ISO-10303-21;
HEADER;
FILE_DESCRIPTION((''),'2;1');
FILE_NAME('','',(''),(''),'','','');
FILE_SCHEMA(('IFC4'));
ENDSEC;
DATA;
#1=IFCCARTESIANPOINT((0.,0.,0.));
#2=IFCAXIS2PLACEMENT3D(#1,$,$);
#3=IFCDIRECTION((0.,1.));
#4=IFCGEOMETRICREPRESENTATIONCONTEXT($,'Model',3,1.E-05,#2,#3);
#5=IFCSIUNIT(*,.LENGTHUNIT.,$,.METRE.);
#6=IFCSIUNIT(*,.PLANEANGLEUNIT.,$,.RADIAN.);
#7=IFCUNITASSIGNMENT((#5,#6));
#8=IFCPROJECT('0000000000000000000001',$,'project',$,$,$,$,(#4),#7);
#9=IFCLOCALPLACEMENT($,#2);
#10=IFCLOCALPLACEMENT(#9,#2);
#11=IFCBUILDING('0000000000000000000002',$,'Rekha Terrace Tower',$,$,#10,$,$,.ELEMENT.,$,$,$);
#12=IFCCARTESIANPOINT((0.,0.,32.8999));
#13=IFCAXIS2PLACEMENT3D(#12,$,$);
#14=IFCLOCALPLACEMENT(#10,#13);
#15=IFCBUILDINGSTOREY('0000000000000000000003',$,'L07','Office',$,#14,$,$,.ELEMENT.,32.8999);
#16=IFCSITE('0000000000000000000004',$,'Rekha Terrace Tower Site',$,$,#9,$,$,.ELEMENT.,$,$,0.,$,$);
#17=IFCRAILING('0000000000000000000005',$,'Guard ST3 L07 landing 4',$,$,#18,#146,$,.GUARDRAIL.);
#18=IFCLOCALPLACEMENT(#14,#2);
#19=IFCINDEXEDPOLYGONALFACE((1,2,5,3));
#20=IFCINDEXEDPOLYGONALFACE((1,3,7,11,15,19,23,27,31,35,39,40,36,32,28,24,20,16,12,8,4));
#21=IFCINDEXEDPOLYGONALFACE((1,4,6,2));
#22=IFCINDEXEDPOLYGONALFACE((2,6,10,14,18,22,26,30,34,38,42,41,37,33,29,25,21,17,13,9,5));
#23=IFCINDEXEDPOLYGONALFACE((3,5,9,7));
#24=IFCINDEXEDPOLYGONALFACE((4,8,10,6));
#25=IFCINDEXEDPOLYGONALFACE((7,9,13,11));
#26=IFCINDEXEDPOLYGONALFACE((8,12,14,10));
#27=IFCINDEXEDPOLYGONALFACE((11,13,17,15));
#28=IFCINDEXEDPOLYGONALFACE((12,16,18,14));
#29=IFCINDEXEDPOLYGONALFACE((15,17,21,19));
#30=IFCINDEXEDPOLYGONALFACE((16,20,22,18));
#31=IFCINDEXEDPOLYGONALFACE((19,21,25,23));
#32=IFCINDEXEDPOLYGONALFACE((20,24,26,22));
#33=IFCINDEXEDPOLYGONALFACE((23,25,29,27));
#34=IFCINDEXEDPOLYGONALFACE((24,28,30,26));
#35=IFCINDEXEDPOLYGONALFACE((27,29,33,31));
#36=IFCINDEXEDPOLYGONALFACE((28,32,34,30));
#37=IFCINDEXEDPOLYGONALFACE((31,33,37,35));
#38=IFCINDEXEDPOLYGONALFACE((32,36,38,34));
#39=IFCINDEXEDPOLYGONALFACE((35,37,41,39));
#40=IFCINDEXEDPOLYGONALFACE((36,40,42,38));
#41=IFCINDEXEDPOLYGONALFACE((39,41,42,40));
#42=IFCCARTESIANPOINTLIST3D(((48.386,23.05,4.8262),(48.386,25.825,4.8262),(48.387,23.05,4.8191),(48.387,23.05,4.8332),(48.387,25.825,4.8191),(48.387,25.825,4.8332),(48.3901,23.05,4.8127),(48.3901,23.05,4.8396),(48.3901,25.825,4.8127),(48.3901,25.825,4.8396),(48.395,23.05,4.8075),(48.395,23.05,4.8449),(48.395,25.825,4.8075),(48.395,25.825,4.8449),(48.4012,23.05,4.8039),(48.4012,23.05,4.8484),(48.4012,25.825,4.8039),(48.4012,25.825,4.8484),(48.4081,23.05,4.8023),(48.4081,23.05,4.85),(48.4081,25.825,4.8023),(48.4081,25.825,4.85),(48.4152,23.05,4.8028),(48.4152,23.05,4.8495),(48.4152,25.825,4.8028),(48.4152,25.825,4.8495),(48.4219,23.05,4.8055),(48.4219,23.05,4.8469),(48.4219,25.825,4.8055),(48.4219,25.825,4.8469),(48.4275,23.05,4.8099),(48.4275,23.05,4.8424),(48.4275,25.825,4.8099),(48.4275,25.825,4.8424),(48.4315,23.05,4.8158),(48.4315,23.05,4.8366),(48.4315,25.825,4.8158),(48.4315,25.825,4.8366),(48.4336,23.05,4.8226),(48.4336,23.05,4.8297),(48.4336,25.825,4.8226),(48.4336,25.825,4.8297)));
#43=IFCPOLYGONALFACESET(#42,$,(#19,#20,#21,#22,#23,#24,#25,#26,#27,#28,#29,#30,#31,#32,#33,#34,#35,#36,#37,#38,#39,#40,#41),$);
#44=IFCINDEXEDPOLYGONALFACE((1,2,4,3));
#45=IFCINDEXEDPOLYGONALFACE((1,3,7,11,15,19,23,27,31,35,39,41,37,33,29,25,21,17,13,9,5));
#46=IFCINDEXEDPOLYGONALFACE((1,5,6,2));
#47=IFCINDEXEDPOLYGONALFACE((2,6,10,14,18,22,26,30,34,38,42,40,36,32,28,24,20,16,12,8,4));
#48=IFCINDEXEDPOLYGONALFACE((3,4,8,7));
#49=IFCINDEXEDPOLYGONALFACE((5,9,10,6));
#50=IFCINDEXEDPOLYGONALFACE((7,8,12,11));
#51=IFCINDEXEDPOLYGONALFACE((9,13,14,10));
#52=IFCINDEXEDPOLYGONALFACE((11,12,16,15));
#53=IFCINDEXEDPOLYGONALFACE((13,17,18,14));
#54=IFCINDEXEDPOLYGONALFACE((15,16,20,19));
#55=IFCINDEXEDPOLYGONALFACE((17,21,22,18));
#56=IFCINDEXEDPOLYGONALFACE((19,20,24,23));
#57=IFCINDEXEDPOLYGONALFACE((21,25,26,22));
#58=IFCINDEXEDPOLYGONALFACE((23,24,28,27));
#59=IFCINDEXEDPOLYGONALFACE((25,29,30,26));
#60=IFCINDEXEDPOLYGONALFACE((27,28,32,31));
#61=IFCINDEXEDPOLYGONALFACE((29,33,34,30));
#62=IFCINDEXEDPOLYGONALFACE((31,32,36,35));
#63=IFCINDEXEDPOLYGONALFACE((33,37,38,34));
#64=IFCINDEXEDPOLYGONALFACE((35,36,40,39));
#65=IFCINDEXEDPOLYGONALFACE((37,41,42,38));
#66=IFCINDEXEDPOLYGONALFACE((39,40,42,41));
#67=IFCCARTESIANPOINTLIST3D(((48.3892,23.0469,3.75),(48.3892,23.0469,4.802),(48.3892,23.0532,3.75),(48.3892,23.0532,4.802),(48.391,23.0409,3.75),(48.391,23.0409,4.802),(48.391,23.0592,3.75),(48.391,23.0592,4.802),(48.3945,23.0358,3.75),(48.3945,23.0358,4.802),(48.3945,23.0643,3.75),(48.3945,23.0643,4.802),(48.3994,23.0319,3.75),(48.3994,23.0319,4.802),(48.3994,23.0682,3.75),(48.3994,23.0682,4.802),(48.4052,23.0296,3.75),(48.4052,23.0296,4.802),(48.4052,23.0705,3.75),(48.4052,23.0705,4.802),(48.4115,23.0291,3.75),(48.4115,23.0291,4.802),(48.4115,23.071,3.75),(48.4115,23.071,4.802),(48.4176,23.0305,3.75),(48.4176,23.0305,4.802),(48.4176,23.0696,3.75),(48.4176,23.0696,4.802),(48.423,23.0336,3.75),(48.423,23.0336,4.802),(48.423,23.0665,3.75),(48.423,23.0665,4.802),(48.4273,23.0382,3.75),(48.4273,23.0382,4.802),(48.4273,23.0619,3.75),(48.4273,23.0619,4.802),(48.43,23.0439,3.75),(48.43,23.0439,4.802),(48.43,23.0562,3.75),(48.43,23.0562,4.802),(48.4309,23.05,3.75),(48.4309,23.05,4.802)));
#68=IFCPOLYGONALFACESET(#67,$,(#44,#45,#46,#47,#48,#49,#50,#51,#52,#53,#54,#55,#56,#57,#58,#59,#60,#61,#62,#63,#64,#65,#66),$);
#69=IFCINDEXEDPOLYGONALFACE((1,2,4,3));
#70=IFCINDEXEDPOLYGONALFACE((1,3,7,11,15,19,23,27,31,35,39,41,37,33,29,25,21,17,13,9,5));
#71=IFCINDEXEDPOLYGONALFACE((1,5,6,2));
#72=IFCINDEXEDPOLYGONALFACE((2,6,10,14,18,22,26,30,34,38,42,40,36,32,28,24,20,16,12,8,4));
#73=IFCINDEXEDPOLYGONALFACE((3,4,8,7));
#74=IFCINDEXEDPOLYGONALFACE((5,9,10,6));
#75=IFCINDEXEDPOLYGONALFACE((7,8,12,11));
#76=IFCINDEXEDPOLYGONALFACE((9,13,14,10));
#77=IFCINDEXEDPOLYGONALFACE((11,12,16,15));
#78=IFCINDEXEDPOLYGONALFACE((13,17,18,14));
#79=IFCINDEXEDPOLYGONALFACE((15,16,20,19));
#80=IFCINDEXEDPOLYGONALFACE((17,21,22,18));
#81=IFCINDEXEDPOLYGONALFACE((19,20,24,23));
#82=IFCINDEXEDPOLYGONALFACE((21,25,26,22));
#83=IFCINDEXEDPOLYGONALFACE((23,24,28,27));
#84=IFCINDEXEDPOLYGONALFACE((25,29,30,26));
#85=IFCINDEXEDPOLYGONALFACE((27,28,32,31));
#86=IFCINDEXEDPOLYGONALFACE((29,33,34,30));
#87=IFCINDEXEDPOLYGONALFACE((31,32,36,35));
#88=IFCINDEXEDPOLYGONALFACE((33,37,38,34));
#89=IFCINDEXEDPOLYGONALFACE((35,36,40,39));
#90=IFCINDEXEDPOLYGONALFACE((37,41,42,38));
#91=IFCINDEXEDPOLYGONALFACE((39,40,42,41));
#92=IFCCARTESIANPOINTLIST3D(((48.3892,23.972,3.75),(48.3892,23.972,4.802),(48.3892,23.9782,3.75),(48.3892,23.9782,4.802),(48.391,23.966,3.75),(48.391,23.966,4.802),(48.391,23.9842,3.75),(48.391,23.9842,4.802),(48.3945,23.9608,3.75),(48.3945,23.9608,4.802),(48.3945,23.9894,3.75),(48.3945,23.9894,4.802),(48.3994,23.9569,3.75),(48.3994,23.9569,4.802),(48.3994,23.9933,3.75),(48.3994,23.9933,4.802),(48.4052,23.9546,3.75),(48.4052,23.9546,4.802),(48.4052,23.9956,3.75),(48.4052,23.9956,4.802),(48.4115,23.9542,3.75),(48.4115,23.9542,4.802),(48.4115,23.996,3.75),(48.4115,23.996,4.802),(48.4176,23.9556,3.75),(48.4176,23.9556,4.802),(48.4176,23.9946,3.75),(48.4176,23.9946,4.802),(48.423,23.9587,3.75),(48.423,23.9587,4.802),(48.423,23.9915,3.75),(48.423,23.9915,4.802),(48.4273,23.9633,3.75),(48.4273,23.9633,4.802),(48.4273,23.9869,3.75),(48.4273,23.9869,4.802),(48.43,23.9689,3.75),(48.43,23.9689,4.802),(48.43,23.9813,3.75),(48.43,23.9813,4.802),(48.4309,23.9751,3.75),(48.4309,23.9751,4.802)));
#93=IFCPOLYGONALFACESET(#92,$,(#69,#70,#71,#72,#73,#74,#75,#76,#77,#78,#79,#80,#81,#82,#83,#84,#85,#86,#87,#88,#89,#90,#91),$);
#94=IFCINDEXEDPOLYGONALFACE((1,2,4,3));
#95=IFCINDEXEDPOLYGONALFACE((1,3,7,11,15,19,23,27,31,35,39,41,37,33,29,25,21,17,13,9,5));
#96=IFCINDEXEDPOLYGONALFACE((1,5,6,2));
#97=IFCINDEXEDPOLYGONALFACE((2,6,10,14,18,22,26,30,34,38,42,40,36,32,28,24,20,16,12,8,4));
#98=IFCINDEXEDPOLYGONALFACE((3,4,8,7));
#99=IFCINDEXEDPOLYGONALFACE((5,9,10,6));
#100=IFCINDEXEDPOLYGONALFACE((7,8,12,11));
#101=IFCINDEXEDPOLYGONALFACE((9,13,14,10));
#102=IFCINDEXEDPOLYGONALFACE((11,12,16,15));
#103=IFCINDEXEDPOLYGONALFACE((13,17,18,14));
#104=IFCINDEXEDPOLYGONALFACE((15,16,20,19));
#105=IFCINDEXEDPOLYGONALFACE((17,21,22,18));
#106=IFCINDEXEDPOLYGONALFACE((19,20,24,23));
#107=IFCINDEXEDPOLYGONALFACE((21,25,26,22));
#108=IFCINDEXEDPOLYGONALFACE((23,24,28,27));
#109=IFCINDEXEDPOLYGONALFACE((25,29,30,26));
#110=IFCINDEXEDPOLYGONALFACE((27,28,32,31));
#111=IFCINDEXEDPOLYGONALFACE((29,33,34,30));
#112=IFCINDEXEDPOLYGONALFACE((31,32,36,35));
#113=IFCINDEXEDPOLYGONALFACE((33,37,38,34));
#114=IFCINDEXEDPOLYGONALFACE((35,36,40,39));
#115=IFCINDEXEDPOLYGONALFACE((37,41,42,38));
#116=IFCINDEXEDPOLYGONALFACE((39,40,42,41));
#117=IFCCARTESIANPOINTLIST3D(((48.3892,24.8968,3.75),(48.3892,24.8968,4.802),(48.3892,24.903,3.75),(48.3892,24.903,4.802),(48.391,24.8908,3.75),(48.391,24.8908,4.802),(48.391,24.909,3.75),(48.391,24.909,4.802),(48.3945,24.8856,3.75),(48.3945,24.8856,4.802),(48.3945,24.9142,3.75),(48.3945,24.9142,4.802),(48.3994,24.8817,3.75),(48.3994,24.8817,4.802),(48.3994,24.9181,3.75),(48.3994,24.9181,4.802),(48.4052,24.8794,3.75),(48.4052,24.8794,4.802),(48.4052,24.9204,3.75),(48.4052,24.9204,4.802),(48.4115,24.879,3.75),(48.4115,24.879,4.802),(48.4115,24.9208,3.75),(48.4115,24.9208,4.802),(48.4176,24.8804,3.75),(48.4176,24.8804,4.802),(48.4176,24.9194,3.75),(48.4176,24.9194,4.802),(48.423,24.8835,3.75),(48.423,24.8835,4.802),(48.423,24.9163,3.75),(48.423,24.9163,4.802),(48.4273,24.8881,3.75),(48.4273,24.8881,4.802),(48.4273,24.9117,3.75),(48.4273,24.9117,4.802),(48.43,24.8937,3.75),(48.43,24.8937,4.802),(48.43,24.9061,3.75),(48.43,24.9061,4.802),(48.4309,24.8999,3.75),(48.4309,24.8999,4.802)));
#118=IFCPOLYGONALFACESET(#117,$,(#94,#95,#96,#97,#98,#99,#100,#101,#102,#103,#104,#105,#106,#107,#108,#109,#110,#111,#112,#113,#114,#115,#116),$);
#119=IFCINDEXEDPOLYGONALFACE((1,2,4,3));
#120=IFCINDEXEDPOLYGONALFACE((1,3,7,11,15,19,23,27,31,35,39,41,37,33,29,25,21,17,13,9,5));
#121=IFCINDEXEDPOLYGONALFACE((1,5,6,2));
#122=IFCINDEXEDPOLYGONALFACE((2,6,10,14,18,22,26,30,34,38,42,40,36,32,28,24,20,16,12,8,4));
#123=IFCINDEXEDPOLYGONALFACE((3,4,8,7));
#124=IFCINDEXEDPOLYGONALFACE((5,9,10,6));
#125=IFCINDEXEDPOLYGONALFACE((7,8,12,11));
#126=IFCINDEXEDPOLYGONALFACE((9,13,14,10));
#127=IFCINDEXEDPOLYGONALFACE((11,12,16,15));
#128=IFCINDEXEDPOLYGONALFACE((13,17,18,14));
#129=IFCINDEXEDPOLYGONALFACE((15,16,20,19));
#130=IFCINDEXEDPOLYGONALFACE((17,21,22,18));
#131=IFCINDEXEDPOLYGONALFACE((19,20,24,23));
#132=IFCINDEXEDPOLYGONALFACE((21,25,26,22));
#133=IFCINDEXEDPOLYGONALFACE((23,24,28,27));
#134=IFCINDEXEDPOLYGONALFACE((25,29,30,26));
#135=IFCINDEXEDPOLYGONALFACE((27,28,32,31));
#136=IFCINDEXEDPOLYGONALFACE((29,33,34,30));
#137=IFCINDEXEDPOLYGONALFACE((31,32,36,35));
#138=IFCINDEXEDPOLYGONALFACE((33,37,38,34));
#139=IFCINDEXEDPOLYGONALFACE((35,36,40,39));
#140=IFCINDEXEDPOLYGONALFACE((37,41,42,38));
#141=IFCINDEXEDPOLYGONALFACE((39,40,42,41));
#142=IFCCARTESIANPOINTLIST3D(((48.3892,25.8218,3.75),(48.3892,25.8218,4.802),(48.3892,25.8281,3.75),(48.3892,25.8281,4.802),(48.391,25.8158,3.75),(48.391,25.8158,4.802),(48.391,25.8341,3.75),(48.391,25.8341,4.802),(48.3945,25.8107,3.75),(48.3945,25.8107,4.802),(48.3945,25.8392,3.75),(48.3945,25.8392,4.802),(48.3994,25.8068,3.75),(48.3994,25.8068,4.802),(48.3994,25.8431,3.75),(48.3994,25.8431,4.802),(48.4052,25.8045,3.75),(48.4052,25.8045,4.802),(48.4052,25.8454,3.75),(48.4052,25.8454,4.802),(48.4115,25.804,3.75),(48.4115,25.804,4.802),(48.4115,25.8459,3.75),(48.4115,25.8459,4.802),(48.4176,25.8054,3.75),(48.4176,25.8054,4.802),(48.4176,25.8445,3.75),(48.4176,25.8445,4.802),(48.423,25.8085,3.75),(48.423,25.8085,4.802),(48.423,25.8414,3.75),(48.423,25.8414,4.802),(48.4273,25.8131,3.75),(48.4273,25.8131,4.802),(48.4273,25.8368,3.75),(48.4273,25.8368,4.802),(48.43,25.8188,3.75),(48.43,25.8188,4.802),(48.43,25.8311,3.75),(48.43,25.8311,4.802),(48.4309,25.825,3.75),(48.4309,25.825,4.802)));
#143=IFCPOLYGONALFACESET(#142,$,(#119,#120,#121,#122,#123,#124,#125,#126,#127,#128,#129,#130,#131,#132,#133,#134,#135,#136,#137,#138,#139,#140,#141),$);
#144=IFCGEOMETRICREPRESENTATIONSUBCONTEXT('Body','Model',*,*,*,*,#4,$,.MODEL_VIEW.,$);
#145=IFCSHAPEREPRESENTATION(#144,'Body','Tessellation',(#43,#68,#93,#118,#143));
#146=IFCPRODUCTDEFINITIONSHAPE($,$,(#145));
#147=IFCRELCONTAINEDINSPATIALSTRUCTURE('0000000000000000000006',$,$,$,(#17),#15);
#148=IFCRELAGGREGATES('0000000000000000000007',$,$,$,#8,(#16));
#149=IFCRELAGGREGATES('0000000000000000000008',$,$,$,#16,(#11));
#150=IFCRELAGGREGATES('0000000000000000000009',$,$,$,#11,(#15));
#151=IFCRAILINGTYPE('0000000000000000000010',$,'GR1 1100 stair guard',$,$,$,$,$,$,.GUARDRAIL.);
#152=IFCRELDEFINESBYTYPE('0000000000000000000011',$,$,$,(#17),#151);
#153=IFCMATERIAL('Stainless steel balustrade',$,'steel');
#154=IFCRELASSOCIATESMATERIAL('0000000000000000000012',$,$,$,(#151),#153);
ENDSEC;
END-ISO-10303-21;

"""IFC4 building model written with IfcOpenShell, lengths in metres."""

from ifc_helpers import new_model, si_unit, direction, frame, origin, origin_2d, place, context, subcontext, project, spatial, circle, extrude, material, type_object, element, save


model = new_model("IFC4")

# Units and contexts
model_context = context("Model", 3, precision=1e-05, world=origin(), true_north=direction((0.0, 1.0)))
body_context = subcontext(model_context, "Body", "Model", "MODEL_VIEW")
ifc_project = project(units=[si_unit("LENGTHUNIT", "METRE"), si_unit("PLANEANGLEUNIT", "RADIAN")], contexts=[model_context])

# Site, building, storey
site_placement = place(None, origin())
site = spatial("IfcSite", under=ifc_project, at=site_placement, Name="Rekha Terrace Tower Site", CompositionType="ELEMENT", RefElevation=0.0)
building_placement = place(site_placement, origin())
building = spatial("IfcBuilding", under=site, at=building_placement, Name="Rekha Terrace Tower", CompositionType="ELEMENT")
storey_placement = place(building_placement, frame((0.0, 0.0, 32.8999)))
storey = spatial("IfcBuildingStorey", under=building, at=storey_placement, Name="L07", Description="Office", CompositionType="ELEMENT", Elevation=32.8999)

# Railing
ifc_material_1 = material(Name="Stainless steel balustrade", Category="steel")
railing_type_1 = type_object("IfcRailingType", Name="GR1 1100 stair guard", PredefinedType="GUARDRAIL", material=ifc_material_1)
railing_1_placement = place(storey_placement, frame((48.4099, 23.05, 3.75)))
element("IfcRailing", 1, at=railing_1_placement, inside=storey, type_object=railing_type_1, Name="Guard ST3 L07 landing 4", PredefinedType="GUARDRAIL", context=body_context, shape_type="SweptSolid", body=[
    extrude(circle(Radius=0.0239, at=origin_2d()), frame((0.0, 0.0, 1.0762), z_axis=(0.0, 1.0, 0.0), x_axis=(-1.0, 0.0, 0.0)), (0.0, 0.0, 1.0), 2.7749),
    extrude(circle(Radius=0.021, at=origin_2d()), origin(), (0.0, 0.0, 1.0), 1.052),
    extrude(circle(Radius=0.021, at=origin_2d()), frame((0.0, 0.925, 0.0)), (0.0, 0.0, 1.0), 1.052),
    extrude(circle(Radius=0.021, at=origin_2d()), frame((0.0, 1.8499, 0.0)), (0.0, 0.0, 1.0), 1.052),
    extrude(circle(Radius=0.021, at=origin_2d()), frame((0.0, 2.7749, 0.0)), (0.0, 0.0, 1.0), 1.052),
])

save(model, "model.ifc")
